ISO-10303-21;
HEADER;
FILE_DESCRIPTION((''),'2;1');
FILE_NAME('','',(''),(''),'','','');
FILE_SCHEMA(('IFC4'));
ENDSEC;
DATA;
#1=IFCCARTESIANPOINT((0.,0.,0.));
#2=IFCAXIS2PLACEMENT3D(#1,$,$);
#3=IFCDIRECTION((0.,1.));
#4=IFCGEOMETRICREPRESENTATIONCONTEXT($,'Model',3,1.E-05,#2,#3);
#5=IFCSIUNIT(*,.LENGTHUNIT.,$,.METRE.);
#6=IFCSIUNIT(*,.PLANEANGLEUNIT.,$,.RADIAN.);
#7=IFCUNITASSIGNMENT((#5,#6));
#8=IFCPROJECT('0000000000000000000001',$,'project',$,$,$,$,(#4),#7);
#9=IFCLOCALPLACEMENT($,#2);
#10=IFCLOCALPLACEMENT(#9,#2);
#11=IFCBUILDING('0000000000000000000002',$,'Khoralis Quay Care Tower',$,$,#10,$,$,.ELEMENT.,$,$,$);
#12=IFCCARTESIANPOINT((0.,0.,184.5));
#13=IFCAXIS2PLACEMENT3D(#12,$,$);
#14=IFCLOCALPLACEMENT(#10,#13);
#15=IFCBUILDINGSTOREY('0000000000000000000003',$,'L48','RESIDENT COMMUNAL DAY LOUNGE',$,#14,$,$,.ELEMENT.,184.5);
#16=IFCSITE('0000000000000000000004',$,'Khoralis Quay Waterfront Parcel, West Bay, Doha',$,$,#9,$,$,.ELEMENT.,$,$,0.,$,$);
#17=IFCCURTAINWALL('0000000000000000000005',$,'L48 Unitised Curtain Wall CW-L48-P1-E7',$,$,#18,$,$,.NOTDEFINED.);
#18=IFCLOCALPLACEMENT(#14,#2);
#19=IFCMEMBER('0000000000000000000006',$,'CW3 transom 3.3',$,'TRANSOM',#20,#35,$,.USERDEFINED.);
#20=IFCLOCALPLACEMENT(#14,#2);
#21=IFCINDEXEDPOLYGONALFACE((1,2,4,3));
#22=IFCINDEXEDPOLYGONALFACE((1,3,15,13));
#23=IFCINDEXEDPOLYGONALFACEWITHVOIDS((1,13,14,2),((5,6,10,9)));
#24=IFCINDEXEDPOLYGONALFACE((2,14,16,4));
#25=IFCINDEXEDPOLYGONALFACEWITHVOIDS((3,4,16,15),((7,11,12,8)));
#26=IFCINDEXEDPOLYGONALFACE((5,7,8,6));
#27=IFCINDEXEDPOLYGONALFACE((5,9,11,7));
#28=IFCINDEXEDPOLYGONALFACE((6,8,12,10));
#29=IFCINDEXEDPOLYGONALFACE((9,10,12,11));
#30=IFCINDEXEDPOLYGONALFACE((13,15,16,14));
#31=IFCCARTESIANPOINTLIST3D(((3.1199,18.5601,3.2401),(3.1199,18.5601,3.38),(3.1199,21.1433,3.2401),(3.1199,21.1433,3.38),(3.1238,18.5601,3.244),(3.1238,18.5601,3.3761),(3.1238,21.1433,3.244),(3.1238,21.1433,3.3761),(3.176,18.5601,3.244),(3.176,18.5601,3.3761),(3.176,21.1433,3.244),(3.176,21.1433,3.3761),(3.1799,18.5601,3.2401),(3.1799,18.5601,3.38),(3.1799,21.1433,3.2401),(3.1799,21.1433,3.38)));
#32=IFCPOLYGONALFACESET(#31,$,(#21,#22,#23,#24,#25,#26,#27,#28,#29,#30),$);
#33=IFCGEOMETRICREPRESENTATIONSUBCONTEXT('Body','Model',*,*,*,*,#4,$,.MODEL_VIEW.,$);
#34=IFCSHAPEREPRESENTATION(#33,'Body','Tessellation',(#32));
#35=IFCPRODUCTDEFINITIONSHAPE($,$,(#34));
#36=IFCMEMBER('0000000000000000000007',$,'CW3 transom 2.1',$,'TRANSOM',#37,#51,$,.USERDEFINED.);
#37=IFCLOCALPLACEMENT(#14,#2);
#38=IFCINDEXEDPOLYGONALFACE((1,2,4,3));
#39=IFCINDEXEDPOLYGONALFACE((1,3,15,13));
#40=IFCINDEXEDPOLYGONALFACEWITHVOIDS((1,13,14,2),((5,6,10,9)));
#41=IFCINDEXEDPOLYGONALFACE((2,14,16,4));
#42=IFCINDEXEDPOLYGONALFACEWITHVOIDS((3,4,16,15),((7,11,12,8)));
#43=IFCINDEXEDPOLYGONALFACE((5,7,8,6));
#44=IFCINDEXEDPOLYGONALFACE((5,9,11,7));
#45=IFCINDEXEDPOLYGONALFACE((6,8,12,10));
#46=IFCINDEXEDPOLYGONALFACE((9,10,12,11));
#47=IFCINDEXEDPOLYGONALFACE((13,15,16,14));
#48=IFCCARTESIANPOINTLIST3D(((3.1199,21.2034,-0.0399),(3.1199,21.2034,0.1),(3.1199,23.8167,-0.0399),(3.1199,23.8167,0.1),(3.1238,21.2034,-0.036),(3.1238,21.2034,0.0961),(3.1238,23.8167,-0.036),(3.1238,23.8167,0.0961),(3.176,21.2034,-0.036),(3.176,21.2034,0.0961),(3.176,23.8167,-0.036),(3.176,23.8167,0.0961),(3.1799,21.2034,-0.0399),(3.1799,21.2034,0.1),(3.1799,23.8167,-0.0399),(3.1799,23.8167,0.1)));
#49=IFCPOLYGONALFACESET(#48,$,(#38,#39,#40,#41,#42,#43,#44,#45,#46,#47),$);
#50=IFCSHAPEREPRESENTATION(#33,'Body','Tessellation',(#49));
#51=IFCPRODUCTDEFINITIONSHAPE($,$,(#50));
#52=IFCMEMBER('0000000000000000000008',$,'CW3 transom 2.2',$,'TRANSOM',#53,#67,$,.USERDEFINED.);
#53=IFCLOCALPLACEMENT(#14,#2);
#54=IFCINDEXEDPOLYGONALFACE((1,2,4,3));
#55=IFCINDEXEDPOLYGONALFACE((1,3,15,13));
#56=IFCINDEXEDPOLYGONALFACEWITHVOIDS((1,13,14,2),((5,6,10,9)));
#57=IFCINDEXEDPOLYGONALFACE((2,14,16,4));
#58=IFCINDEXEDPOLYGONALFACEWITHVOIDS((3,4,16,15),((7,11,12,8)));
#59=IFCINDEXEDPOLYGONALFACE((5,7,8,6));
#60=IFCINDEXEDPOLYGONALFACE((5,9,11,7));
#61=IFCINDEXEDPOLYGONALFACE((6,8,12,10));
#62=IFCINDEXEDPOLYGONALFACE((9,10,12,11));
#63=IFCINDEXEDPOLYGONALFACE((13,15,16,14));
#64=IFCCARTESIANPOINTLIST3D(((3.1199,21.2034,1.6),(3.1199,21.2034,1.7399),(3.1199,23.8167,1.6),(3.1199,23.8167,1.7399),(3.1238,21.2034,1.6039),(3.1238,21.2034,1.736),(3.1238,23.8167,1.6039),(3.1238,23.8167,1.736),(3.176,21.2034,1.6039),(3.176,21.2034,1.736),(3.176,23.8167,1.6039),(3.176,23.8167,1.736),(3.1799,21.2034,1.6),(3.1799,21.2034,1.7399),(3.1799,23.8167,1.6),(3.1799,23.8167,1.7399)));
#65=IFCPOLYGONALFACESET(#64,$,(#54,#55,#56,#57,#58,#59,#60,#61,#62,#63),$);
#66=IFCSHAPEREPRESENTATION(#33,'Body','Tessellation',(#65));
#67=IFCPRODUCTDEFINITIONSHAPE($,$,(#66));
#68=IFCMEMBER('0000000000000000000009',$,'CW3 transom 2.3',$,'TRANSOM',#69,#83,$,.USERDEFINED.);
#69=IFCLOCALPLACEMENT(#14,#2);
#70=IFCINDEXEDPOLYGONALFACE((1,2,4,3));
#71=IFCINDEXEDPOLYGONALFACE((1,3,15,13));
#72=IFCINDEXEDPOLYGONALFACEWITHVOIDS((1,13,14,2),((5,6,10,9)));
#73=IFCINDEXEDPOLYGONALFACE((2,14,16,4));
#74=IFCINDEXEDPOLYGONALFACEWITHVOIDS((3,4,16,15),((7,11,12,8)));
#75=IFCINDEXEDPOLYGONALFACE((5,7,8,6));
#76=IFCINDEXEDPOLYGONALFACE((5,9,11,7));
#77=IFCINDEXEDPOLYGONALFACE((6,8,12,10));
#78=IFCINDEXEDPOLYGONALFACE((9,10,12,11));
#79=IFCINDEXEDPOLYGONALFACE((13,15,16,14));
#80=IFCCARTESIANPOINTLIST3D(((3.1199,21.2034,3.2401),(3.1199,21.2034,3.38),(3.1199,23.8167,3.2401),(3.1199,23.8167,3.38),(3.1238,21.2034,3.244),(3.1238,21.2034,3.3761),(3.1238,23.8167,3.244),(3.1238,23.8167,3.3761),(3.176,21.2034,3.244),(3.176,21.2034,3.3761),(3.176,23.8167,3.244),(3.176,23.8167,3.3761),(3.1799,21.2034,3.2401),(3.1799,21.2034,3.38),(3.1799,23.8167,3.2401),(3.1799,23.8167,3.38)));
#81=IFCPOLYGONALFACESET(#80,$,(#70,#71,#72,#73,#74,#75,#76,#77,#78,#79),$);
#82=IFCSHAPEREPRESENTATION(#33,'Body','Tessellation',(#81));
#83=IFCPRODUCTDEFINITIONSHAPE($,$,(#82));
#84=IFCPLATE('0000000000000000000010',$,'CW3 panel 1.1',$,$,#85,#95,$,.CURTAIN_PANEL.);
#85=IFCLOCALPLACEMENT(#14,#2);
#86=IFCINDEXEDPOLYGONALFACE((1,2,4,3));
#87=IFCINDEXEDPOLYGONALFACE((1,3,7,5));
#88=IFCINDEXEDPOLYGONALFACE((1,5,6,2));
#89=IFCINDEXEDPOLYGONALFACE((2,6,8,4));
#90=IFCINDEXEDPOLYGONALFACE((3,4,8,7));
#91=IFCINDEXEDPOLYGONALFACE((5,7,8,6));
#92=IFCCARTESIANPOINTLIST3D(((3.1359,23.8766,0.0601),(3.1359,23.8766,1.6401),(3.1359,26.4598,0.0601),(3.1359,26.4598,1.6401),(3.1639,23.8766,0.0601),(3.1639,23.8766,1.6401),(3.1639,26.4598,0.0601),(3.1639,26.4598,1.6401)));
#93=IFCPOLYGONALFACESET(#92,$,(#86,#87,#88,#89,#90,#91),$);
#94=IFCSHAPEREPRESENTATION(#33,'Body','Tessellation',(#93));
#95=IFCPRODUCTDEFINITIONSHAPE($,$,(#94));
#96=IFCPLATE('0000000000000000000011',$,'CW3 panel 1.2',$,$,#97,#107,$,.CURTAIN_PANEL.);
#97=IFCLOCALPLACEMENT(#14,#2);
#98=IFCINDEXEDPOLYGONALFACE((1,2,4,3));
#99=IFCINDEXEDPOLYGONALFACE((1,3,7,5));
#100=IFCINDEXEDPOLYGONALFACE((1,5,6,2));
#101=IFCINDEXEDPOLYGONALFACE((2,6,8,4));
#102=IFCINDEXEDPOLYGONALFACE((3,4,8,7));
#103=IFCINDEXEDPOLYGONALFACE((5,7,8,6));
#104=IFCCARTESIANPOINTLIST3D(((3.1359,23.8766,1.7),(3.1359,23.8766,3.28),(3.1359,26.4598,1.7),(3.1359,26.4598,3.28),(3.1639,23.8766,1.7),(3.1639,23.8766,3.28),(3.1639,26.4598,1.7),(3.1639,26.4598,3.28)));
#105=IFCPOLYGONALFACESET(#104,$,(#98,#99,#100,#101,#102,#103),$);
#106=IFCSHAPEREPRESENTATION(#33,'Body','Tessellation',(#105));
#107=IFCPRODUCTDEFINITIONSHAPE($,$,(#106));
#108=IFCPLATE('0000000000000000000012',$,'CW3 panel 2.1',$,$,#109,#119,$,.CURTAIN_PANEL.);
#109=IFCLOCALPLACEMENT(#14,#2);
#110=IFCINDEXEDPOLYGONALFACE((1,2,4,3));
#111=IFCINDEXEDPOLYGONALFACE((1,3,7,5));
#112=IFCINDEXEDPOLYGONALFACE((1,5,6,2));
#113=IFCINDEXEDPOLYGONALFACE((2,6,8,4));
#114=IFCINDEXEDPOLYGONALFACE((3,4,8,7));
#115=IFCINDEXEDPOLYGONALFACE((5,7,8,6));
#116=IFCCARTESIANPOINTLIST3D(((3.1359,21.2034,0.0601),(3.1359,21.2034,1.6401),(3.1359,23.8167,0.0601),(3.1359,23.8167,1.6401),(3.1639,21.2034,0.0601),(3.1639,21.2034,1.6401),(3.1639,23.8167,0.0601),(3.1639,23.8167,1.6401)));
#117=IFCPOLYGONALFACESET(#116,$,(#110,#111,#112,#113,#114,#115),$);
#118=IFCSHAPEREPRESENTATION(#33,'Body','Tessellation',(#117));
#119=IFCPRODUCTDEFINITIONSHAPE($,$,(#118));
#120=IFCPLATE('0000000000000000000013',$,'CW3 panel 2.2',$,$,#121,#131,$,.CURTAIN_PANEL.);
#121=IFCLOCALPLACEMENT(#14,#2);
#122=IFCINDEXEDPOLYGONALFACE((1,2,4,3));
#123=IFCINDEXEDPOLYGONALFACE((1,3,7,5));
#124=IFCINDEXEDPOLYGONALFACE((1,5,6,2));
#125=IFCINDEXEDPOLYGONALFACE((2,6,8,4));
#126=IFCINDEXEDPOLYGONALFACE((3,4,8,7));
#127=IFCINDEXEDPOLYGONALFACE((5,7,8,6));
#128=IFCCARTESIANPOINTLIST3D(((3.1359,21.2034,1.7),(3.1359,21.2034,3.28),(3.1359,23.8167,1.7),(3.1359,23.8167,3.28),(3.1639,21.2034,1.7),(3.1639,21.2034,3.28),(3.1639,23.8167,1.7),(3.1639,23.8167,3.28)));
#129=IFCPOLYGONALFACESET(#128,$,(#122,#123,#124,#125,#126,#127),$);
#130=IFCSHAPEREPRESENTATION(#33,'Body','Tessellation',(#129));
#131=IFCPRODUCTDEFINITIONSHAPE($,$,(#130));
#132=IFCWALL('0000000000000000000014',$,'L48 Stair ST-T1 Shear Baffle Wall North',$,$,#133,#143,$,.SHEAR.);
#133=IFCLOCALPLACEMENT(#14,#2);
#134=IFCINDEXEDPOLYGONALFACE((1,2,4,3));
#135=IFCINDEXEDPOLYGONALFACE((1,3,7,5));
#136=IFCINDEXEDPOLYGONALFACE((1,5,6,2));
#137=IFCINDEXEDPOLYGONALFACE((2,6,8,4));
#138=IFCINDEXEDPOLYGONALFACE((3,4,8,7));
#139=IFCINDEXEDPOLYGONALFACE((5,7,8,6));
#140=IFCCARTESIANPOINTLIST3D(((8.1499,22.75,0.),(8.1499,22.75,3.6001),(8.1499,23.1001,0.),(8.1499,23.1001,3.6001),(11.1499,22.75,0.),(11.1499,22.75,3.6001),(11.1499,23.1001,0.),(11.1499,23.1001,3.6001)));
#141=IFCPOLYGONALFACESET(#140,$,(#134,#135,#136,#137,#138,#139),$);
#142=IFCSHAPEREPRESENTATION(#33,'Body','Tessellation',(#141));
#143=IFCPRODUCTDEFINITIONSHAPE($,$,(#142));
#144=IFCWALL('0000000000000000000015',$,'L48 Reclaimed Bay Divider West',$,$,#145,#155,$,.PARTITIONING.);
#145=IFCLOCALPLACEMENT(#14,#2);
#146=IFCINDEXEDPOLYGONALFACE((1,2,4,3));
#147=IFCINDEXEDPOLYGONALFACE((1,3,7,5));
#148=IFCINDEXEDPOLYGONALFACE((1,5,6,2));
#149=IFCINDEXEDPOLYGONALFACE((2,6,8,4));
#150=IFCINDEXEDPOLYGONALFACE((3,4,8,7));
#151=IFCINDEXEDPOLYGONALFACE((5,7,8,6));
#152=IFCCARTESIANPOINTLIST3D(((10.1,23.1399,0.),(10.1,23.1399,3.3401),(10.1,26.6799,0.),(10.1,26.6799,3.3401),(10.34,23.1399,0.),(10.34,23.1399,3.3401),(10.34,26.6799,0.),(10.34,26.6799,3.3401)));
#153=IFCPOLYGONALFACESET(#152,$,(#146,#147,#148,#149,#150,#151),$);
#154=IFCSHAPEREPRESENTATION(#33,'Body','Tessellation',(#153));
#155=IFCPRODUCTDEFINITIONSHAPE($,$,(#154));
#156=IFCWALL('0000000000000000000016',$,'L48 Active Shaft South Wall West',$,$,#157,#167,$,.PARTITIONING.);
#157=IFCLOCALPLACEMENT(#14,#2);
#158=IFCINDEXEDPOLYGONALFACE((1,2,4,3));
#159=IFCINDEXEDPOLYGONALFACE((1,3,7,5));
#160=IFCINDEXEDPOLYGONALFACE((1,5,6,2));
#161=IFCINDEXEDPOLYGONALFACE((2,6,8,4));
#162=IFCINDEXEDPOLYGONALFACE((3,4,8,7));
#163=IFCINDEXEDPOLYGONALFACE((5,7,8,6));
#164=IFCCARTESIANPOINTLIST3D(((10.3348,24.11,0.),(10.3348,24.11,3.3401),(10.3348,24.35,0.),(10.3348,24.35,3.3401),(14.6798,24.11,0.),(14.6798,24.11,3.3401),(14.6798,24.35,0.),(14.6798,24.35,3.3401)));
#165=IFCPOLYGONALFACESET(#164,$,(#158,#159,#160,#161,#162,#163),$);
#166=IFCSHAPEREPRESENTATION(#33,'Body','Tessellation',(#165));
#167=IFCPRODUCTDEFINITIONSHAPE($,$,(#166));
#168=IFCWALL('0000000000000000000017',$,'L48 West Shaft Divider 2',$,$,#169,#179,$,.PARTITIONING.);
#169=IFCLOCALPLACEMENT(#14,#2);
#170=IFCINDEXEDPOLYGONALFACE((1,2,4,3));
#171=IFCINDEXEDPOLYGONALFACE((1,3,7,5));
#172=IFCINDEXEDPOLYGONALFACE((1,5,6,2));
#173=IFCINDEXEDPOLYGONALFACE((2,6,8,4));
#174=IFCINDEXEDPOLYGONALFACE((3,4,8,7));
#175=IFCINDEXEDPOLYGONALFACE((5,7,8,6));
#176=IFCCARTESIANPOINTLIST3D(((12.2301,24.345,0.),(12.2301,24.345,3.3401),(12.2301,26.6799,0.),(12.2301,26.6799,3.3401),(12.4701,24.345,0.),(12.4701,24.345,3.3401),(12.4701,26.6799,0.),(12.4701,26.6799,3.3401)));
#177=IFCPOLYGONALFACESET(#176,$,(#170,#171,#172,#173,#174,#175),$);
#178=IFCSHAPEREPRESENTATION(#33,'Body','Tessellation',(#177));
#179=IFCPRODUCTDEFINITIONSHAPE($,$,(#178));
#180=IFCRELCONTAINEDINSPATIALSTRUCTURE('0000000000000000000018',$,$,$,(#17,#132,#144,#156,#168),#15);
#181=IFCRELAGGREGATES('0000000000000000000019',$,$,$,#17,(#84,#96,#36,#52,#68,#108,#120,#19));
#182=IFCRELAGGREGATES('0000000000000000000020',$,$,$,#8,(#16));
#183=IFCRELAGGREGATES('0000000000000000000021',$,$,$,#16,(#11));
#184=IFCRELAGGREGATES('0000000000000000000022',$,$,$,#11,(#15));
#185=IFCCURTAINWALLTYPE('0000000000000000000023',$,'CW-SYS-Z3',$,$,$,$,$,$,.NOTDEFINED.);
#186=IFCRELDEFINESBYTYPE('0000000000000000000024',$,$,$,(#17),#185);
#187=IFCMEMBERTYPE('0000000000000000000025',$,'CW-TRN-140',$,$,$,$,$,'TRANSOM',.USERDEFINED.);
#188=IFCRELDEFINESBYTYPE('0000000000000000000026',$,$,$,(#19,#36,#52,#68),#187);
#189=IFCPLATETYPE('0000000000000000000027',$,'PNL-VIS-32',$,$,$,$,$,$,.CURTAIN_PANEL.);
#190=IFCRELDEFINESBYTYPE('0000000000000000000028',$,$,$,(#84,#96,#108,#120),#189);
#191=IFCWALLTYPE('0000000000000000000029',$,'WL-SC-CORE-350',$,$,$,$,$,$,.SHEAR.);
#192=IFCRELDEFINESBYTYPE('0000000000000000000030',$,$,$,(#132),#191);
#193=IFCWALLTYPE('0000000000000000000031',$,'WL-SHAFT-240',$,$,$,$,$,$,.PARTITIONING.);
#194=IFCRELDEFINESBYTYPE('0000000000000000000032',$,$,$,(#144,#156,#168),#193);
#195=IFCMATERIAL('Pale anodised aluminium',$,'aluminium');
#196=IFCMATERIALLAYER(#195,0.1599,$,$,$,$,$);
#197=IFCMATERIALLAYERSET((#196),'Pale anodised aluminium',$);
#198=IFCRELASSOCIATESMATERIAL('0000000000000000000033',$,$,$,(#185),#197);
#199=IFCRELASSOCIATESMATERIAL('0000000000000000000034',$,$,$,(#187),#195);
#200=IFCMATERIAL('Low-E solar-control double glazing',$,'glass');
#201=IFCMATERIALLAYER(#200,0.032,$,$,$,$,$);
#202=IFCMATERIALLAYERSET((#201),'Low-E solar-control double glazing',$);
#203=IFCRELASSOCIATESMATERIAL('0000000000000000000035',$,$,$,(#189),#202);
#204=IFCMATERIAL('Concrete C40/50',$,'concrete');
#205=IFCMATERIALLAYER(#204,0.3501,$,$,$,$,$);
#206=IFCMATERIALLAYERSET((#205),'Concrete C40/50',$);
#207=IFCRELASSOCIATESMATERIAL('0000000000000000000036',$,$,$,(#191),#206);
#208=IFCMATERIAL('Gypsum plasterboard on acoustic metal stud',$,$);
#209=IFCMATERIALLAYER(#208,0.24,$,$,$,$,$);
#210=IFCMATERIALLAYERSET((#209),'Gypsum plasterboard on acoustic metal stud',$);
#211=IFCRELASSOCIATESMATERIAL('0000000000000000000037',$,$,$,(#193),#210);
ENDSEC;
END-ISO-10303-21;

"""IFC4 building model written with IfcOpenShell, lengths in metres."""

from ifc_helpers import new_model, si_unit, direction, frame, frame_2d, origin, origin_2d, place, context, subcontext, project, spatial, rectangle, hollow_rectangle, extrude, source, transform, mapped, material, layer, layer_set, material_profile, profile_set, type_object, element, aggregate, save


model = new_model("IFC4")

# Units and contexts
model_context = context("Model", 3, precision=1e-05, world=origin(), true_north=direction((0.0, 1.0)))
body_context = subcontext(model_context, "Body", "Model", "MODEL_VIEW")
ifc_project = project(units=[si_unit("LENGTHUNIT", "METRE"), si_unit("PLANEANGLEUNIT", "RADIAN")], contexts=[model_context])

# Site, building, storey
site_placement = place(None, origin())
site = spatial("IfcSite", under=ifc_project, at=site_placement, Name="Khoralis Quay Waterfront Parcel, West Bay, Doha", CompositionType="ELEMENT", RefElevation=0.0)
building_placement = place(site_placement, origin())
building = spatial("IfcBuilding", under=site, at=building_placement, Name="Khoralis Quay Care Tower", CompositionType="ELEMENT")
storey_placement = place(building_placement, frame((0.0, 0.0, 184.5)))
storey = spatial("IfcBuildingStorey", under=building, at=storey_placement, Name="L48", Description="RESIDENT COMMUNAL DAY LOUNGE", CompositionType="ELEMENT", Elevation=184.5)

# Curtain wall, members, plates
ifc_material_1 = material(Name="Pale anodised aluminium", Category="aluminium")
ifc_layer_1 = layer(ifc_material_1, 0.1599)
ifc_layer_set_1 = layer_set([ifc_layer_1], Name="Pale anodised aluminium")
curtain_wall_type = type_object("IfcCurtainWallType", Name="CW-SYS-Z3", PredefinedType="NOTDEFINED", material=ifc_layer_set_1)
curtain_wall_placement = place(storey_placement, origin())
curtain_wall = element("IfcCurtainWall", 1, at=curtain_wall_placement, inside=storey, type_object=curtain_wall_type, Name="L48 Unitised Curtain Wall CW-L48-P1-E7", PredefinedType="NOTDEFINED")
ifc_material_profile_1 = material_profile(ifc_material_1, hollow_rectangle(XDim=0.0601, YDim=0.1399, WallThickness=0.0039, at=origin_2d()), Name="Pale anodised aluminium")
ifc_profile_set_1 = profile_set([ifc_material_profile_1], Name="Pale anodised aluminium")
member_type_1 = type_object("IfcMemberType", Name="CW-TRN-140", ElementType="TRANSOM", PredefinedType="USERDEFINED", material=ifc_profile_set_1)
shared_shape_1 = source(origin(), body_context, "Body", "SweptSolid", [
    extrude(hollow_rectangle(XDim=0.0601, YDim=0.1399, WallThickness=0.0039, at=origin_2d()), origin(), (0.0, 0.0, 1.0), 2.5833),
])
member_1_placement = place(storey_placement, frame((3.1499, 21.1433, 3.3101), z_axis=(0.0, -1.0, 0.0), x_axis=(1.0, 0.0, 0.0)))
member_1 = element("IfcMember", 2, at=member_1_placement, type_object=member_type_1, Name="CW3 transom 3.3", ObjectType="TRANSOM", PredefinedType="USERDEFINED", context=body_context, shape_type="MappedRepresentation", body=[
    mapped(shared_shape_1, transform((0.0, 0.0, 0.0), scale=1.0)),
])
shared_shape_2 = source(origin(), body_context, "Body", "SweptSolid", [
    extrude(hollow_rectangle(XDim=0.0601, YDim=0.1399, WallThickness=0.0039, at=origin_2d()), origin(), (0.0, 0.0, 1.0), 2.6133),
])
member_2_placement = place(storey_placement, frame((3.1499, 23.8167, 0.03), z_axis=(0.0, -1.0, 0.0), x_axis=(1.0, 0.0, 0.0)))
member_2 = element("IfcMember", 3, at=member_2_placement, type_object=member_type_1, Name="CW3 transom 2.1", ObjectType="TRANSOM", PredefinedType="USERDEFINED", context=body_context, shape_type="MappedRepresentation", body=[
    mapped(shared_shape_2, transform((0.0, 0.0, 0.0), scale=1.0)),
])
member_3_placement = place(storey_placement, frame((3.1499, 23.8167, 1.6699), z_axis=(0.0, -1.0, 0.0), x_axis=(1.0, 0.0, 0.0)))
member_3 = element("IfcMember", 4, at=member_3_placement, type_object=member_type_1, Name="CW3 transom 2.2", ObjectType="TRANSOM", PredefinedType="USERDEFINED", context=body_context, shape_type="MappedRepresentation", body=[
    mapped(shared_shape_2, transform((0.0, 0.0, 0.0), scale=1.0)),
])
member_4_placement = place(storey_placement, frame((3.1499, 23.8167, 3.3101), z_axis=(0.0, -1.0, 0.0), x_axis=(1.0, 0.0, 0.0)))
member_4 = element("IfcMember", 5, at=member_4_placement, type_object=member_type_1, Name="CW3 transom 2.3", ObjectType="TRANSOM", PredefinedType="USERDEFINED", context=body_context, shape_type="MappedRepresentation", body=[
    mapped(shared_shape_2, transform((0.0, 0.0, 0.0), scale=1.0)),
])
ifc_material_2 = material(Name="Low-E solar-control double glazing", Category="glass")
ifc_layer_2 = layer(ifc_material_2, 0.032)
ifc_layer_set_2 = layer_set([ifc_layer_2], Name="Low-E solar-control double glazing")
plate_type = type_object("IfcPlateType", Name="PNL-VIS-32", PredefinedType="CURTAIN_PANEL", material=ifc_layer_set_2)
shared_shape_3 = source(origin(), body_context, "Body", "SweptSolid", [
    extrude(rectangle(XDim=2.5833, YDim=0.0281, at=origin_2d()), origin(), (0.0, 0.0, 1.0), 1.5801),
])
plate_1_placement = place(storey_placement, frame((3.1499, 25.1682, 0.0601), z_axis=(0.0, 0.0, 1.0), x_axis=(0.0, -1.0, 0.0)))
plate_1 = element("IfcPlate", 6, at=plate_1_placement, type_object=plate_type, Name="CW3 panel 1.1", PredefinedType="CURTAIN_PANEL", context=body_context, shape_type="MappedRepresentation", body=[
    mapped(shared_shape_3, transform((0.0, 0.0, 0.0), scale=1.0)),
])
plate_2_placement = place(storey_placement, frame((3.1499, 25.1682, 1.7), z_axis=(0.0, 0.0, 1.0), x_axis=(0.0, -1.0, 0.0)))
plate_2 = element("IfcPlate", 7, at=plate_2_placement, type_object=plate_type, Name="CW3 panel 1.2", PredefinedType="CURTAIN_PANEL", context=body_context, shape_type="MappedRepresentation", body=[
    mapped(shared_shape_3, transform((0.0, 0.0, 0.0), scale=1.0)),
])
shared_shape_4 = source(origin(), body_context, "Body", "SweptSolid", [
    extrude(rectangle(XDim=2.6133, YDim=0.0281, at=origin_2d()), origin(), (0.0, 0.0, 1.0), 1.5801),
])
plate_3_placement = place(storey_placement, frame((3.1499, 22.51, 0.0601), z_axis=(0.0, 0.0, 1.0), x_axis=(0.0, -1.0, 0.0)))
plate_3 = element("IfcPlate", 8, at=plate_3_placement, type_object=plate_type, Name="CW3 panel 2.1", PredefinedType="CURTAIN_PANEL", context=body_context, shape_type="MappedRepresentation", body=[
    mapped(shared_shape_4, transform((0.0, 0.0, 0.0), scale=1.0)),
])
plate_4_placement = place(storey_placement, frame((3.1499, 22.51, 1.7), z_axis=(0.0, 0.0, 1.0), x_axis=(0.0, -1.0, 0.0)))
plate_4 = element("IfcPlate", 9, at=plate_4_placement, type_object=plate_type, Name="CW3 panel 2.2", PredefinedType="CURTAIN_PANEL", context=body_context, shape_type="MappedRepresentation", body=[
    mapped(shared_shape_4, transform((0.0, 0.0, 0.0), scale=1.0)),
])
aggregate(curtain_wall, [plate_1, plate_2, member_2, member_3, member_4, plate_3, plate_4, member_1])

# Walls
ifc_material_3 = material(Name="Concrete C40/50", Category="concrete")
ifc_layer_3 = layer(ifc_material_3, 0.3501)
ifc_layer_set_3 = layer_set([ifc_layer_3], Name="Concrete C40/50")
wall_type_1 = type_object("IfcWallType", Name="WL-SC-CORE-350", PredefinedType="SHEAR", material=ifc_layer_set_3)
wall_1_placement = place(storey_placement, frame((8.1499, 22.925, 0.0), z_axis=(0.0, 0.0, 1.0), x_axis=(1.0, 0.0, 0.0)))
element("IfcWall", 10, at=wall_1_placement, inside=storey, type_object=wall_type_1, Name="L48 Stair ST-T1 Shear Baffle Wall North", PredefinedType="SHEAR", context=body_context, shape_type="SweptSolid", body=[
    extrude(rectangle(XDim=3.0, YDim=0.3501, at=frame_2d((1.5, 0.0))), origin(), (0.0, 0.0, 1.0), 3.6001),
])
ifc_material_4 = material(Name="Gypsum plasterboard on acoustic metal stud")
ifc_layer_4 = layer(ifc_material_4, 0.24)
ifc_layer_set_4 = layer_set([ifc_layer_4], Name="Gypsum plasterboard on acoustic metal stud")
wall_type_2 = type_object("IfcWallType", Name="WL-SHAFT-240", PredefinedType="PARTITIONING", material=ifc_layer_set_4)
wall_2_placement = place(storey_placement, frame((10.22, 23.1399, 0.0), z_axis=(0.0, 0.0, 1.0), x_axis=(0.0, 1.0, 0.0)))
element("IfcWall", 11, at=wall_2_placement, inside=storey, type_object=wall_type_2, Name="L48 Reclaimed Bay Divider West", PredefinedType="PARTITIONING", context=body_context, shape_type="SweptSolid", body=[
    extrude(rectangle(XDim=3.54, YDim=0.24, at=frame_2d((1.77, 0.0))), origin(), (0.0, 0.0, 1.0), 3.3401),
])
wall_3_placement = place(storey_placement, frame((10.335, 24.23, 0.0), z_axis=(0.0, 0.0, 1.0), x_axis=(1.0, 0.0, 0.0)))
element("IfcWall", 12, at=wall_3_placement, inside=storey, type_object=wall_type_2, Name="L48 Active Shaft South Wall West", PredefinedType="PARTITIONING", context=body_context, shape_type="SweptSolid", body=[
    extrude(rectangle(XDim=4.345, YDim=0.24, at=frame_2d((2.1724, 0.0))), origin(), (0.0, 0.0, 1.0), 3.3401),
])
wall_4_placement = place(storey_placement, frame((12.3501, 24.345, 0.0), z_axis=(0.0, 0.0, 1.0), x_axis=(0.0, 1.0, 0.0)))
element("IfcWall", 13, at=wall_4_placement, inside=storey, type_object=wall_type_2, Name="L48 West Shaft Divider 2", PredefinedType="PARTITIONING", context=body_context, shape_type="SweptSolid", body=[
    extrude(rectangle(XDim=2.335, YDim=0.24, at=frame_2d((1.1675, 0.0))), origin(), (0.0, 0.0, 1.0), 3.3401),
])

save(model, "model.ifc")
